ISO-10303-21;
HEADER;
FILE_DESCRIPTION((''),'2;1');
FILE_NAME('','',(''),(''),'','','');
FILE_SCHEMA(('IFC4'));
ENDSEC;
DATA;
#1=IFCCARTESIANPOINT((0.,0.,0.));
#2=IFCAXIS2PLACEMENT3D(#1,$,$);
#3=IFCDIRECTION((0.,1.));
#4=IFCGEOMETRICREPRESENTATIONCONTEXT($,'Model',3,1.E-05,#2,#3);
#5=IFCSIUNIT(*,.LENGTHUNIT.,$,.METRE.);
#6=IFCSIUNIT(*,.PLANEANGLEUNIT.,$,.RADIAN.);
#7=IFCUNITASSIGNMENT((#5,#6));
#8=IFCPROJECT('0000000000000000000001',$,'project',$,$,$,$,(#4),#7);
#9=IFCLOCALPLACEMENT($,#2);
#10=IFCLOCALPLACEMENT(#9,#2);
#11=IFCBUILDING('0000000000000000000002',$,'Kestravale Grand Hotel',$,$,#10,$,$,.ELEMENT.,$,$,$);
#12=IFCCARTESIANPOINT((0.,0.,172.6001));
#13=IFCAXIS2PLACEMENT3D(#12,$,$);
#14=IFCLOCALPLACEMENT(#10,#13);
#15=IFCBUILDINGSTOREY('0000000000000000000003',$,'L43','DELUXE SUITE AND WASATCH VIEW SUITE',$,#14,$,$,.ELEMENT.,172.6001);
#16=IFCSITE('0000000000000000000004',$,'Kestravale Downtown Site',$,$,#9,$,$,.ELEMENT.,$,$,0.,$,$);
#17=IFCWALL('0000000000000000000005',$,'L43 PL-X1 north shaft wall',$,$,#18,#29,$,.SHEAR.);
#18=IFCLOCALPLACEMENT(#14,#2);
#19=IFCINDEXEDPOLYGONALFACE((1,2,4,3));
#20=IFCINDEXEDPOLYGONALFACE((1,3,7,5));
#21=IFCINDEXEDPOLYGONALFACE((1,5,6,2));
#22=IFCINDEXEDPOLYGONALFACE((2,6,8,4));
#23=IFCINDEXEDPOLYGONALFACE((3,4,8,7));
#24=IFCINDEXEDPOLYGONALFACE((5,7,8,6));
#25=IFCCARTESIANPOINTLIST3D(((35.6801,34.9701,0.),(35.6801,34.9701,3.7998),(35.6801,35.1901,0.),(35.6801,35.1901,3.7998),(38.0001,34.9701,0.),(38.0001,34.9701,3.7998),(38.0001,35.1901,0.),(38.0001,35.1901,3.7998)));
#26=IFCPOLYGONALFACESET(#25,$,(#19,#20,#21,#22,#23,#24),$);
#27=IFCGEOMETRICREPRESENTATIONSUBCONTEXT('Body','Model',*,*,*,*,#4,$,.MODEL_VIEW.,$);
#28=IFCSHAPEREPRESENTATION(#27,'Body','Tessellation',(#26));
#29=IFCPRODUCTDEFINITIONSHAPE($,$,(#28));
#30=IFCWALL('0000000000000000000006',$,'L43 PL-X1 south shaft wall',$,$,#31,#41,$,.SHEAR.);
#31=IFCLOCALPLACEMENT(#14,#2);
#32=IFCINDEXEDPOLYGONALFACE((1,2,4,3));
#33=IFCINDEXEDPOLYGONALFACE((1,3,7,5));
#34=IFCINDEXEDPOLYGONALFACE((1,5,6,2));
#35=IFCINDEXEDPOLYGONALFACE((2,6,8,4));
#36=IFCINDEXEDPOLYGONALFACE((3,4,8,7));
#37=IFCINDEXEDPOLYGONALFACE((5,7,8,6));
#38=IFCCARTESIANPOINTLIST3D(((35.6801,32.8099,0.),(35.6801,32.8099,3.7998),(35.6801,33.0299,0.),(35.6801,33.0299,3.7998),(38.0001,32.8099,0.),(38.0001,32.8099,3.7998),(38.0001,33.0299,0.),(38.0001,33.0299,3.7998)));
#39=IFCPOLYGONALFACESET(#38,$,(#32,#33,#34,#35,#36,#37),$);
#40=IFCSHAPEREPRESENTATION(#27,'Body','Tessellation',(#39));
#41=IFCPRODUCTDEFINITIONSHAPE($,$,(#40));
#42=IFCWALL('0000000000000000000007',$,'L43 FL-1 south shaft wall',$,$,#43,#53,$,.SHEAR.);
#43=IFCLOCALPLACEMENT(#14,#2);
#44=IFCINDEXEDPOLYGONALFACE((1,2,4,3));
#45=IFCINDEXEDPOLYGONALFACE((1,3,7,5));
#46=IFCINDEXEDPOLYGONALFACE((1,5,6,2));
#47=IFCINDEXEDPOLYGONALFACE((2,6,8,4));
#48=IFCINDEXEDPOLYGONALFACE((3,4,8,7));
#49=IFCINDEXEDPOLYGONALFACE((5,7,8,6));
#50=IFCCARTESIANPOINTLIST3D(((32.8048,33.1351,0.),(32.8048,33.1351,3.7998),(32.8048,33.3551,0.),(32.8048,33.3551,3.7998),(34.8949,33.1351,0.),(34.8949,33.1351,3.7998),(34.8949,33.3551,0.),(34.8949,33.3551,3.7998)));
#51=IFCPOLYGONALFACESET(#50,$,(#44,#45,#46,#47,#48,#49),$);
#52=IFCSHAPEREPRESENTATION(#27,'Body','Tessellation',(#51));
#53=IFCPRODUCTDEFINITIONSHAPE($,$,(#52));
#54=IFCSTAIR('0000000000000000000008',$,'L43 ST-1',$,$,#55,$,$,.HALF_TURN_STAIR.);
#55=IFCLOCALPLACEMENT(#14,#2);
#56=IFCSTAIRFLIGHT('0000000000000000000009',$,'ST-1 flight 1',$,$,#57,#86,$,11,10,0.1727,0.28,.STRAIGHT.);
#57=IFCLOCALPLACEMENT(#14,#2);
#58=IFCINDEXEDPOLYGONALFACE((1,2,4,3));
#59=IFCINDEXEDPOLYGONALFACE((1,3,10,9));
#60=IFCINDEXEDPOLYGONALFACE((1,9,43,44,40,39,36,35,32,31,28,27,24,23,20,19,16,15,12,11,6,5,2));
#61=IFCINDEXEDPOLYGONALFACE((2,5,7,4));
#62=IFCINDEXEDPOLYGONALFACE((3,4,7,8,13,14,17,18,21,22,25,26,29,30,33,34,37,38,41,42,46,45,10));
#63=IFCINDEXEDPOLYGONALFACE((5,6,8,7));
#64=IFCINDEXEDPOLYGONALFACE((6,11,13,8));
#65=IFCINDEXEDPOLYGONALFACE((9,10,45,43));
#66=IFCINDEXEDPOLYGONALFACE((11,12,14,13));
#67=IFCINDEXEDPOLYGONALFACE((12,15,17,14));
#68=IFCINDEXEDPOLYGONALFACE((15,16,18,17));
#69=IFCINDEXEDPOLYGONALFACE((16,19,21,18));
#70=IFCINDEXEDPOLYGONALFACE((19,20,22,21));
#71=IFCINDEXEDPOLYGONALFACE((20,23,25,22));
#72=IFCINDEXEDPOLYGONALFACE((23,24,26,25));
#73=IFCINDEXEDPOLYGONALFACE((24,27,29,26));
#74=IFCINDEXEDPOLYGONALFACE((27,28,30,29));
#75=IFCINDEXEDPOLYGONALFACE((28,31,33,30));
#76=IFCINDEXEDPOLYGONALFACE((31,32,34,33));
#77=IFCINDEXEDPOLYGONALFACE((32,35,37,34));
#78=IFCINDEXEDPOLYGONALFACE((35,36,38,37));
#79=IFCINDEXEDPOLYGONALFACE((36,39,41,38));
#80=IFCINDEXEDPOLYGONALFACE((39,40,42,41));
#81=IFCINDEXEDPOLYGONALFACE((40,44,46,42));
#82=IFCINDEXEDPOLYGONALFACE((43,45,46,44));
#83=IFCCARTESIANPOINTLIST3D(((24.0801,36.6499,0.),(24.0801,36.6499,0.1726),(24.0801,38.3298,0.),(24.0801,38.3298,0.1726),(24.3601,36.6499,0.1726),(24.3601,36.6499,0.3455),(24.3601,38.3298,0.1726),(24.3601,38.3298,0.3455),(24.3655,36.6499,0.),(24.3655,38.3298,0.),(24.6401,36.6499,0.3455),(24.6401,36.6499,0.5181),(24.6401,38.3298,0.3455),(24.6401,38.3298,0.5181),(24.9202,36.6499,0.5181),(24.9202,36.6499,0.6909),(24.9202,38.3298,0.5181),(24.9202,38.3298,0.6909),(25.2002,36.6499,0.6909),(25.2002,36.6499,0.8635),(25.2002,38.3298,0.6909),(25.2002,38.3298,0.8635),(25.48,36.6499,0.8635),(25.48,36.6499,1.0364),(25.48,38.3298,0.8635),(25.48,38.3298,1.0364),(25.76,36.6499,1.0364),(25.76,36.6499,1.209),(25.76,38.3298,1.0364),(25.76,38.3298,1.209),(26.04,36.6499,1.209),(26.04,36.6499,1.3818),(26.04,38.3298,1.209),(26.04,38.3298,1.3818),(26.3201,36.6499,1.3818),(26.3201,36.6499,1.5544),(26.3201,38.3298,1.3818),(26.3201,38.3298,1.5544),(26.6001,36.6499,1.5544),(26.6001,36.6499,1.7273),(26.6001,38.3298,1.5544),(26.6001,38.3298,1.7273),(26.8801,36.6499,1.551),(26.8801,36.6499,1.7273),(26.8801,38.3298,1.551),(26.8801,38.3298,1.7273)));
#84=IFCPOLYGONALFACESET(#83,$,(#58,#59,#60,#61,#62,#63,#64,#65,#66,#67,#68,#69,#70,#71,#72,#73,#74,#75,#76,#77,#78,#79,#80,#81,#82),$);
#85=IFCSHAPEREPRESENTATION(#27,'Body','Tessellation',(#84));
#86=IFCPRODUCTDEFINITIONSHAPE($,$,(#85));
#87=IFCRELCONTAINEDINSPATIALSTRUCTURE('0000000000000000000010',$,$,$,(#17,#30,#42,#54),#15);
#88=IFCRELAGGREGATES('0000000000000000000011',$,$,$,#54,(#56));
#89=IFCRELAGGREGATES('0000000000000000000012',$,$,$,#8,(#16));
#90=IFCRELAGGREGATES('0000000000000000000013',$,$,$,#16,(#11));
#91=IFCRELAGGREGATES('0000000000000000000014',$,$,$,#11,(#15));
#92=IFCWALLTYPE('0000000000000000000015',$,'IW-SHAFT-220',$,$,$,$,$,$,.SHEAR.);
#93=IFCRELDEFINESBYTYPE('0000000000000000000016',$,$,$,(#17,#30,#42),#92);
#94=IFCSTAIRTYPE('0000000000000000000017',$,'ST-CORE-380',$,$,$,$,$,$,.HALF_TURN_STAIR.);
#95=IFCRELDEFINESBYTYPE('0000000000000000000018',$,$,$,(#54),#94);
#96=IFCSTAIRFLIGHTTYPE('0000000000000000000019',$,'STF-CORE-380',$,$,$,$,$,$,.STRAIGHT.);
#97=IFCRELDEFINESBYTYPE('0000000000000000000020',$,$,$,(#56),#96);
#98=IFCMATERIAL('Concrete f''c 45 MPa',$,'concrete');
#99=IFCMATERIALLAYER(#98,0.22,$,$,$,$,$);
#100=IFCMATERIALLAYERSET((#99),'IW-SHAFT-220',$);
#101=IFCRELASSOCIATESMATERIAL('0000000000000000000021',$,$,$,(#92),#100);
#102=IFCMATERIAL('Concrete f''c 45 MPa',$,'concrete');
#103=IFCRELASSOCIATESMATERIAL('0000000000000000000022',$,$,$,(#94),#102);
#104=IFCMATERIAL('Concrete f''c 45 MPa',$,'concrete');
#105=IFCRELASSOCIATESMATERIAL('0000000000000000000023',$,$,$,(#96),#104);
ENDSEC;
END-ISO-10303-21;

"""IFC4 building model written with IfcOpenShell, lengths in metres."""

from ifc_helpers import new_model, si_unit, direction, frame, frame_2d, origin, place, context, subcontext, project, spatial, polyline, rectangle, outline, extrude, material, layer, layer_set, type_object, element, aggregate, save


model = new_model("IFC4")

# Units and contexts
model_context = context("Model", 3, precision=1e-05, world=origin(), true_north=direction((0.0, 1.0)))
body_context = subcontext(model_context, "Body", "Model", "MODEL_VIEW")
ifc_project = project(units=[si_unit("LENGTHUNIT", "METRE"), si_unit("PLANEANGLEUNIT", "RADIAN")], contexts=[model_context])

# Site, building, storey
site_placement = place(None, origin())
site = spatial("IfcSite", under=ifc_project, at=site_placement, Name="Kestravale Downtown Site", CompositionType="ELEMENT", RefElevation=0.0)
building_placement = place(site_placement, origin())
building = spatial("IfcBuilding", under=site, at=building_placement, Name="Kestravale Grand Hotel", CompositionType="ELEMENT")
storey_placement = place(building_placement, frame((0.0, 0.0, 172.6001)))
storey = spatial("IfcBuildingStorey", under=building, at=storey_placement, Name="L43", Description="DELUXE SUITE AND WASATCH VIEW SUITE", CompositionType="ELEMENT", Elevation=172.6001)

# Walls
ifc_material_1 = material(Name="Concrete f'c 45 MPa", Category="concrete")
ifc_layer_1 = layer(ifc_material_1, 0.22)
ifc_layer_set_1 = layer_set([ifc_layer_1], Name="IW-SHAFT-220")
wall_type_1 = type_object("IfcWallType", Name="IW-SHAFT-220", PredefinedType="SHEAR", material=ifc_layer_set_1)
for number, where, z_axis, x_axis, name in (
    (1, (35.6799, 35.0801, 0.0), (0.0, 0.0, 1.0), (1.0, 0.0, 0.0), "L43 PL-X1 north shaft wall"),
    (2, (35.6799, 32.9199, 0.0), (0.0, 0.0, 1.0), (1.0, 0.0, 0.0), "L43 PL-X1 south shaft wall"),
):
    element("IfcWall", number, at=place(storey_placement, frame(where, z_axis=z_axis, x_axis=x_axis)), inside=storey, type_object=wall_type_1, Name=name, PredefinedType="SHEAR", context=body_context, shape_type="SweptSolid", body=[
        extrude(rectangle(XDim=2.3201, YDim=0.22, at=frame_2d((1.1602, 0.0))), origin(), (0.0, 0.0, 1.0), 3.7998),
    ])

# Wall
wall_1_placement = place(storey_placement, frame((32.8049, 33.2451, 0.0), z_axis=(0.0, 0.0, 1.0), x_axis=(1.0, 0.0, 0.0)))
element("IfcWall", 3, at=wall_1_placement, inside=storey, type_object=wall_type_1, Name="L43 FL-1 south shaft wall", PredefinedType="SHEAR", context=body_context, shape_type="SweptSolid", body=[
    extrude(rectangle(XDim=2.0901, YDim=0.22, at=frame_2d((1.0449, 0.0))), origin(), (0.0, 0.0, 1.0), 3.7998),
])

# Stair, stair flight
ifc_material_2 = material(Name="Concrete f'c 45 MPa", Category="concrete")
stair_type = type_object("IfcStairType", Name="ST-CORE-380", PredefinedType="HALF_TURN_STAIR", material=ifc_material_2)
stair_placement = place(storey_placement, origin())
stair = element("IfcStair", 4, at=stair_placement, inside=storey, type_object=stair_type, Name="L43 ST-1", PredefinedType="HALF_TURN_STAIR")
ifc_material_3 = material(Name="Concrete f'c 45 MPa", Category="concrete")
stair_flight_type = type_object("IfcStairFlightType", Name="STF-CORE-380", PredefinedType="STRAIGHT", material=ifc_material_3)
stair_flight_placement = place(storey_placement, frame((24.0801, 37.49, 0.0), z_axis=(0.0, 0.0, 1.0), x_axis=(1.0, 0.0, 0.0)))
stair_flight = element("IfcStairFlight", 5, at=stair_flight_placement, type_object=stair_flight_type, Name="ST-1 flight 1", NumberOfRisers=11, NumberOfTreads=10, PredefinedType="STRAIGHT", RiserHeight=0.1727, TreadLength=0.28, context=body_context, shape_type="SweptSolid", body=[
    extrude(outline(polyline([(0.0, 0.0), (0.0, 0.1726), (0.28, 0.1726), (0.28, 0.3455), (0.5601, 0.3455), (0.5601, 0.5181), (0.8401, 0.5181), (0.8401, 0.6909), (1.1201, 0.6909), (1.1201, 0.8635), (1.3999, 0.8635), (1.3999, 1.0364), (1.6799, 1.0364), (1.6799, 1.209), (1.96, 1.209), (1.96, 1.3818), (2.24, 1.3818), (2.24, 1.5544), (2.52, 1.5544), (2.52, 1.7273), (2.8, 1.7273), (2.8, 1.8999), (2.8, 1.551), (0.2854, 0.0), (0.0, 0.0)])), frame((0.0, 0.8398, 0.0), z_axis=(0.0, -1.0, 0.0), x_axis=(1.0, 0.0, 0.0)), (0.0, 0.0, 1.0), 1.6799),
])
aggregate(stair, [stair_flight])

save(model, "model.ifc")
